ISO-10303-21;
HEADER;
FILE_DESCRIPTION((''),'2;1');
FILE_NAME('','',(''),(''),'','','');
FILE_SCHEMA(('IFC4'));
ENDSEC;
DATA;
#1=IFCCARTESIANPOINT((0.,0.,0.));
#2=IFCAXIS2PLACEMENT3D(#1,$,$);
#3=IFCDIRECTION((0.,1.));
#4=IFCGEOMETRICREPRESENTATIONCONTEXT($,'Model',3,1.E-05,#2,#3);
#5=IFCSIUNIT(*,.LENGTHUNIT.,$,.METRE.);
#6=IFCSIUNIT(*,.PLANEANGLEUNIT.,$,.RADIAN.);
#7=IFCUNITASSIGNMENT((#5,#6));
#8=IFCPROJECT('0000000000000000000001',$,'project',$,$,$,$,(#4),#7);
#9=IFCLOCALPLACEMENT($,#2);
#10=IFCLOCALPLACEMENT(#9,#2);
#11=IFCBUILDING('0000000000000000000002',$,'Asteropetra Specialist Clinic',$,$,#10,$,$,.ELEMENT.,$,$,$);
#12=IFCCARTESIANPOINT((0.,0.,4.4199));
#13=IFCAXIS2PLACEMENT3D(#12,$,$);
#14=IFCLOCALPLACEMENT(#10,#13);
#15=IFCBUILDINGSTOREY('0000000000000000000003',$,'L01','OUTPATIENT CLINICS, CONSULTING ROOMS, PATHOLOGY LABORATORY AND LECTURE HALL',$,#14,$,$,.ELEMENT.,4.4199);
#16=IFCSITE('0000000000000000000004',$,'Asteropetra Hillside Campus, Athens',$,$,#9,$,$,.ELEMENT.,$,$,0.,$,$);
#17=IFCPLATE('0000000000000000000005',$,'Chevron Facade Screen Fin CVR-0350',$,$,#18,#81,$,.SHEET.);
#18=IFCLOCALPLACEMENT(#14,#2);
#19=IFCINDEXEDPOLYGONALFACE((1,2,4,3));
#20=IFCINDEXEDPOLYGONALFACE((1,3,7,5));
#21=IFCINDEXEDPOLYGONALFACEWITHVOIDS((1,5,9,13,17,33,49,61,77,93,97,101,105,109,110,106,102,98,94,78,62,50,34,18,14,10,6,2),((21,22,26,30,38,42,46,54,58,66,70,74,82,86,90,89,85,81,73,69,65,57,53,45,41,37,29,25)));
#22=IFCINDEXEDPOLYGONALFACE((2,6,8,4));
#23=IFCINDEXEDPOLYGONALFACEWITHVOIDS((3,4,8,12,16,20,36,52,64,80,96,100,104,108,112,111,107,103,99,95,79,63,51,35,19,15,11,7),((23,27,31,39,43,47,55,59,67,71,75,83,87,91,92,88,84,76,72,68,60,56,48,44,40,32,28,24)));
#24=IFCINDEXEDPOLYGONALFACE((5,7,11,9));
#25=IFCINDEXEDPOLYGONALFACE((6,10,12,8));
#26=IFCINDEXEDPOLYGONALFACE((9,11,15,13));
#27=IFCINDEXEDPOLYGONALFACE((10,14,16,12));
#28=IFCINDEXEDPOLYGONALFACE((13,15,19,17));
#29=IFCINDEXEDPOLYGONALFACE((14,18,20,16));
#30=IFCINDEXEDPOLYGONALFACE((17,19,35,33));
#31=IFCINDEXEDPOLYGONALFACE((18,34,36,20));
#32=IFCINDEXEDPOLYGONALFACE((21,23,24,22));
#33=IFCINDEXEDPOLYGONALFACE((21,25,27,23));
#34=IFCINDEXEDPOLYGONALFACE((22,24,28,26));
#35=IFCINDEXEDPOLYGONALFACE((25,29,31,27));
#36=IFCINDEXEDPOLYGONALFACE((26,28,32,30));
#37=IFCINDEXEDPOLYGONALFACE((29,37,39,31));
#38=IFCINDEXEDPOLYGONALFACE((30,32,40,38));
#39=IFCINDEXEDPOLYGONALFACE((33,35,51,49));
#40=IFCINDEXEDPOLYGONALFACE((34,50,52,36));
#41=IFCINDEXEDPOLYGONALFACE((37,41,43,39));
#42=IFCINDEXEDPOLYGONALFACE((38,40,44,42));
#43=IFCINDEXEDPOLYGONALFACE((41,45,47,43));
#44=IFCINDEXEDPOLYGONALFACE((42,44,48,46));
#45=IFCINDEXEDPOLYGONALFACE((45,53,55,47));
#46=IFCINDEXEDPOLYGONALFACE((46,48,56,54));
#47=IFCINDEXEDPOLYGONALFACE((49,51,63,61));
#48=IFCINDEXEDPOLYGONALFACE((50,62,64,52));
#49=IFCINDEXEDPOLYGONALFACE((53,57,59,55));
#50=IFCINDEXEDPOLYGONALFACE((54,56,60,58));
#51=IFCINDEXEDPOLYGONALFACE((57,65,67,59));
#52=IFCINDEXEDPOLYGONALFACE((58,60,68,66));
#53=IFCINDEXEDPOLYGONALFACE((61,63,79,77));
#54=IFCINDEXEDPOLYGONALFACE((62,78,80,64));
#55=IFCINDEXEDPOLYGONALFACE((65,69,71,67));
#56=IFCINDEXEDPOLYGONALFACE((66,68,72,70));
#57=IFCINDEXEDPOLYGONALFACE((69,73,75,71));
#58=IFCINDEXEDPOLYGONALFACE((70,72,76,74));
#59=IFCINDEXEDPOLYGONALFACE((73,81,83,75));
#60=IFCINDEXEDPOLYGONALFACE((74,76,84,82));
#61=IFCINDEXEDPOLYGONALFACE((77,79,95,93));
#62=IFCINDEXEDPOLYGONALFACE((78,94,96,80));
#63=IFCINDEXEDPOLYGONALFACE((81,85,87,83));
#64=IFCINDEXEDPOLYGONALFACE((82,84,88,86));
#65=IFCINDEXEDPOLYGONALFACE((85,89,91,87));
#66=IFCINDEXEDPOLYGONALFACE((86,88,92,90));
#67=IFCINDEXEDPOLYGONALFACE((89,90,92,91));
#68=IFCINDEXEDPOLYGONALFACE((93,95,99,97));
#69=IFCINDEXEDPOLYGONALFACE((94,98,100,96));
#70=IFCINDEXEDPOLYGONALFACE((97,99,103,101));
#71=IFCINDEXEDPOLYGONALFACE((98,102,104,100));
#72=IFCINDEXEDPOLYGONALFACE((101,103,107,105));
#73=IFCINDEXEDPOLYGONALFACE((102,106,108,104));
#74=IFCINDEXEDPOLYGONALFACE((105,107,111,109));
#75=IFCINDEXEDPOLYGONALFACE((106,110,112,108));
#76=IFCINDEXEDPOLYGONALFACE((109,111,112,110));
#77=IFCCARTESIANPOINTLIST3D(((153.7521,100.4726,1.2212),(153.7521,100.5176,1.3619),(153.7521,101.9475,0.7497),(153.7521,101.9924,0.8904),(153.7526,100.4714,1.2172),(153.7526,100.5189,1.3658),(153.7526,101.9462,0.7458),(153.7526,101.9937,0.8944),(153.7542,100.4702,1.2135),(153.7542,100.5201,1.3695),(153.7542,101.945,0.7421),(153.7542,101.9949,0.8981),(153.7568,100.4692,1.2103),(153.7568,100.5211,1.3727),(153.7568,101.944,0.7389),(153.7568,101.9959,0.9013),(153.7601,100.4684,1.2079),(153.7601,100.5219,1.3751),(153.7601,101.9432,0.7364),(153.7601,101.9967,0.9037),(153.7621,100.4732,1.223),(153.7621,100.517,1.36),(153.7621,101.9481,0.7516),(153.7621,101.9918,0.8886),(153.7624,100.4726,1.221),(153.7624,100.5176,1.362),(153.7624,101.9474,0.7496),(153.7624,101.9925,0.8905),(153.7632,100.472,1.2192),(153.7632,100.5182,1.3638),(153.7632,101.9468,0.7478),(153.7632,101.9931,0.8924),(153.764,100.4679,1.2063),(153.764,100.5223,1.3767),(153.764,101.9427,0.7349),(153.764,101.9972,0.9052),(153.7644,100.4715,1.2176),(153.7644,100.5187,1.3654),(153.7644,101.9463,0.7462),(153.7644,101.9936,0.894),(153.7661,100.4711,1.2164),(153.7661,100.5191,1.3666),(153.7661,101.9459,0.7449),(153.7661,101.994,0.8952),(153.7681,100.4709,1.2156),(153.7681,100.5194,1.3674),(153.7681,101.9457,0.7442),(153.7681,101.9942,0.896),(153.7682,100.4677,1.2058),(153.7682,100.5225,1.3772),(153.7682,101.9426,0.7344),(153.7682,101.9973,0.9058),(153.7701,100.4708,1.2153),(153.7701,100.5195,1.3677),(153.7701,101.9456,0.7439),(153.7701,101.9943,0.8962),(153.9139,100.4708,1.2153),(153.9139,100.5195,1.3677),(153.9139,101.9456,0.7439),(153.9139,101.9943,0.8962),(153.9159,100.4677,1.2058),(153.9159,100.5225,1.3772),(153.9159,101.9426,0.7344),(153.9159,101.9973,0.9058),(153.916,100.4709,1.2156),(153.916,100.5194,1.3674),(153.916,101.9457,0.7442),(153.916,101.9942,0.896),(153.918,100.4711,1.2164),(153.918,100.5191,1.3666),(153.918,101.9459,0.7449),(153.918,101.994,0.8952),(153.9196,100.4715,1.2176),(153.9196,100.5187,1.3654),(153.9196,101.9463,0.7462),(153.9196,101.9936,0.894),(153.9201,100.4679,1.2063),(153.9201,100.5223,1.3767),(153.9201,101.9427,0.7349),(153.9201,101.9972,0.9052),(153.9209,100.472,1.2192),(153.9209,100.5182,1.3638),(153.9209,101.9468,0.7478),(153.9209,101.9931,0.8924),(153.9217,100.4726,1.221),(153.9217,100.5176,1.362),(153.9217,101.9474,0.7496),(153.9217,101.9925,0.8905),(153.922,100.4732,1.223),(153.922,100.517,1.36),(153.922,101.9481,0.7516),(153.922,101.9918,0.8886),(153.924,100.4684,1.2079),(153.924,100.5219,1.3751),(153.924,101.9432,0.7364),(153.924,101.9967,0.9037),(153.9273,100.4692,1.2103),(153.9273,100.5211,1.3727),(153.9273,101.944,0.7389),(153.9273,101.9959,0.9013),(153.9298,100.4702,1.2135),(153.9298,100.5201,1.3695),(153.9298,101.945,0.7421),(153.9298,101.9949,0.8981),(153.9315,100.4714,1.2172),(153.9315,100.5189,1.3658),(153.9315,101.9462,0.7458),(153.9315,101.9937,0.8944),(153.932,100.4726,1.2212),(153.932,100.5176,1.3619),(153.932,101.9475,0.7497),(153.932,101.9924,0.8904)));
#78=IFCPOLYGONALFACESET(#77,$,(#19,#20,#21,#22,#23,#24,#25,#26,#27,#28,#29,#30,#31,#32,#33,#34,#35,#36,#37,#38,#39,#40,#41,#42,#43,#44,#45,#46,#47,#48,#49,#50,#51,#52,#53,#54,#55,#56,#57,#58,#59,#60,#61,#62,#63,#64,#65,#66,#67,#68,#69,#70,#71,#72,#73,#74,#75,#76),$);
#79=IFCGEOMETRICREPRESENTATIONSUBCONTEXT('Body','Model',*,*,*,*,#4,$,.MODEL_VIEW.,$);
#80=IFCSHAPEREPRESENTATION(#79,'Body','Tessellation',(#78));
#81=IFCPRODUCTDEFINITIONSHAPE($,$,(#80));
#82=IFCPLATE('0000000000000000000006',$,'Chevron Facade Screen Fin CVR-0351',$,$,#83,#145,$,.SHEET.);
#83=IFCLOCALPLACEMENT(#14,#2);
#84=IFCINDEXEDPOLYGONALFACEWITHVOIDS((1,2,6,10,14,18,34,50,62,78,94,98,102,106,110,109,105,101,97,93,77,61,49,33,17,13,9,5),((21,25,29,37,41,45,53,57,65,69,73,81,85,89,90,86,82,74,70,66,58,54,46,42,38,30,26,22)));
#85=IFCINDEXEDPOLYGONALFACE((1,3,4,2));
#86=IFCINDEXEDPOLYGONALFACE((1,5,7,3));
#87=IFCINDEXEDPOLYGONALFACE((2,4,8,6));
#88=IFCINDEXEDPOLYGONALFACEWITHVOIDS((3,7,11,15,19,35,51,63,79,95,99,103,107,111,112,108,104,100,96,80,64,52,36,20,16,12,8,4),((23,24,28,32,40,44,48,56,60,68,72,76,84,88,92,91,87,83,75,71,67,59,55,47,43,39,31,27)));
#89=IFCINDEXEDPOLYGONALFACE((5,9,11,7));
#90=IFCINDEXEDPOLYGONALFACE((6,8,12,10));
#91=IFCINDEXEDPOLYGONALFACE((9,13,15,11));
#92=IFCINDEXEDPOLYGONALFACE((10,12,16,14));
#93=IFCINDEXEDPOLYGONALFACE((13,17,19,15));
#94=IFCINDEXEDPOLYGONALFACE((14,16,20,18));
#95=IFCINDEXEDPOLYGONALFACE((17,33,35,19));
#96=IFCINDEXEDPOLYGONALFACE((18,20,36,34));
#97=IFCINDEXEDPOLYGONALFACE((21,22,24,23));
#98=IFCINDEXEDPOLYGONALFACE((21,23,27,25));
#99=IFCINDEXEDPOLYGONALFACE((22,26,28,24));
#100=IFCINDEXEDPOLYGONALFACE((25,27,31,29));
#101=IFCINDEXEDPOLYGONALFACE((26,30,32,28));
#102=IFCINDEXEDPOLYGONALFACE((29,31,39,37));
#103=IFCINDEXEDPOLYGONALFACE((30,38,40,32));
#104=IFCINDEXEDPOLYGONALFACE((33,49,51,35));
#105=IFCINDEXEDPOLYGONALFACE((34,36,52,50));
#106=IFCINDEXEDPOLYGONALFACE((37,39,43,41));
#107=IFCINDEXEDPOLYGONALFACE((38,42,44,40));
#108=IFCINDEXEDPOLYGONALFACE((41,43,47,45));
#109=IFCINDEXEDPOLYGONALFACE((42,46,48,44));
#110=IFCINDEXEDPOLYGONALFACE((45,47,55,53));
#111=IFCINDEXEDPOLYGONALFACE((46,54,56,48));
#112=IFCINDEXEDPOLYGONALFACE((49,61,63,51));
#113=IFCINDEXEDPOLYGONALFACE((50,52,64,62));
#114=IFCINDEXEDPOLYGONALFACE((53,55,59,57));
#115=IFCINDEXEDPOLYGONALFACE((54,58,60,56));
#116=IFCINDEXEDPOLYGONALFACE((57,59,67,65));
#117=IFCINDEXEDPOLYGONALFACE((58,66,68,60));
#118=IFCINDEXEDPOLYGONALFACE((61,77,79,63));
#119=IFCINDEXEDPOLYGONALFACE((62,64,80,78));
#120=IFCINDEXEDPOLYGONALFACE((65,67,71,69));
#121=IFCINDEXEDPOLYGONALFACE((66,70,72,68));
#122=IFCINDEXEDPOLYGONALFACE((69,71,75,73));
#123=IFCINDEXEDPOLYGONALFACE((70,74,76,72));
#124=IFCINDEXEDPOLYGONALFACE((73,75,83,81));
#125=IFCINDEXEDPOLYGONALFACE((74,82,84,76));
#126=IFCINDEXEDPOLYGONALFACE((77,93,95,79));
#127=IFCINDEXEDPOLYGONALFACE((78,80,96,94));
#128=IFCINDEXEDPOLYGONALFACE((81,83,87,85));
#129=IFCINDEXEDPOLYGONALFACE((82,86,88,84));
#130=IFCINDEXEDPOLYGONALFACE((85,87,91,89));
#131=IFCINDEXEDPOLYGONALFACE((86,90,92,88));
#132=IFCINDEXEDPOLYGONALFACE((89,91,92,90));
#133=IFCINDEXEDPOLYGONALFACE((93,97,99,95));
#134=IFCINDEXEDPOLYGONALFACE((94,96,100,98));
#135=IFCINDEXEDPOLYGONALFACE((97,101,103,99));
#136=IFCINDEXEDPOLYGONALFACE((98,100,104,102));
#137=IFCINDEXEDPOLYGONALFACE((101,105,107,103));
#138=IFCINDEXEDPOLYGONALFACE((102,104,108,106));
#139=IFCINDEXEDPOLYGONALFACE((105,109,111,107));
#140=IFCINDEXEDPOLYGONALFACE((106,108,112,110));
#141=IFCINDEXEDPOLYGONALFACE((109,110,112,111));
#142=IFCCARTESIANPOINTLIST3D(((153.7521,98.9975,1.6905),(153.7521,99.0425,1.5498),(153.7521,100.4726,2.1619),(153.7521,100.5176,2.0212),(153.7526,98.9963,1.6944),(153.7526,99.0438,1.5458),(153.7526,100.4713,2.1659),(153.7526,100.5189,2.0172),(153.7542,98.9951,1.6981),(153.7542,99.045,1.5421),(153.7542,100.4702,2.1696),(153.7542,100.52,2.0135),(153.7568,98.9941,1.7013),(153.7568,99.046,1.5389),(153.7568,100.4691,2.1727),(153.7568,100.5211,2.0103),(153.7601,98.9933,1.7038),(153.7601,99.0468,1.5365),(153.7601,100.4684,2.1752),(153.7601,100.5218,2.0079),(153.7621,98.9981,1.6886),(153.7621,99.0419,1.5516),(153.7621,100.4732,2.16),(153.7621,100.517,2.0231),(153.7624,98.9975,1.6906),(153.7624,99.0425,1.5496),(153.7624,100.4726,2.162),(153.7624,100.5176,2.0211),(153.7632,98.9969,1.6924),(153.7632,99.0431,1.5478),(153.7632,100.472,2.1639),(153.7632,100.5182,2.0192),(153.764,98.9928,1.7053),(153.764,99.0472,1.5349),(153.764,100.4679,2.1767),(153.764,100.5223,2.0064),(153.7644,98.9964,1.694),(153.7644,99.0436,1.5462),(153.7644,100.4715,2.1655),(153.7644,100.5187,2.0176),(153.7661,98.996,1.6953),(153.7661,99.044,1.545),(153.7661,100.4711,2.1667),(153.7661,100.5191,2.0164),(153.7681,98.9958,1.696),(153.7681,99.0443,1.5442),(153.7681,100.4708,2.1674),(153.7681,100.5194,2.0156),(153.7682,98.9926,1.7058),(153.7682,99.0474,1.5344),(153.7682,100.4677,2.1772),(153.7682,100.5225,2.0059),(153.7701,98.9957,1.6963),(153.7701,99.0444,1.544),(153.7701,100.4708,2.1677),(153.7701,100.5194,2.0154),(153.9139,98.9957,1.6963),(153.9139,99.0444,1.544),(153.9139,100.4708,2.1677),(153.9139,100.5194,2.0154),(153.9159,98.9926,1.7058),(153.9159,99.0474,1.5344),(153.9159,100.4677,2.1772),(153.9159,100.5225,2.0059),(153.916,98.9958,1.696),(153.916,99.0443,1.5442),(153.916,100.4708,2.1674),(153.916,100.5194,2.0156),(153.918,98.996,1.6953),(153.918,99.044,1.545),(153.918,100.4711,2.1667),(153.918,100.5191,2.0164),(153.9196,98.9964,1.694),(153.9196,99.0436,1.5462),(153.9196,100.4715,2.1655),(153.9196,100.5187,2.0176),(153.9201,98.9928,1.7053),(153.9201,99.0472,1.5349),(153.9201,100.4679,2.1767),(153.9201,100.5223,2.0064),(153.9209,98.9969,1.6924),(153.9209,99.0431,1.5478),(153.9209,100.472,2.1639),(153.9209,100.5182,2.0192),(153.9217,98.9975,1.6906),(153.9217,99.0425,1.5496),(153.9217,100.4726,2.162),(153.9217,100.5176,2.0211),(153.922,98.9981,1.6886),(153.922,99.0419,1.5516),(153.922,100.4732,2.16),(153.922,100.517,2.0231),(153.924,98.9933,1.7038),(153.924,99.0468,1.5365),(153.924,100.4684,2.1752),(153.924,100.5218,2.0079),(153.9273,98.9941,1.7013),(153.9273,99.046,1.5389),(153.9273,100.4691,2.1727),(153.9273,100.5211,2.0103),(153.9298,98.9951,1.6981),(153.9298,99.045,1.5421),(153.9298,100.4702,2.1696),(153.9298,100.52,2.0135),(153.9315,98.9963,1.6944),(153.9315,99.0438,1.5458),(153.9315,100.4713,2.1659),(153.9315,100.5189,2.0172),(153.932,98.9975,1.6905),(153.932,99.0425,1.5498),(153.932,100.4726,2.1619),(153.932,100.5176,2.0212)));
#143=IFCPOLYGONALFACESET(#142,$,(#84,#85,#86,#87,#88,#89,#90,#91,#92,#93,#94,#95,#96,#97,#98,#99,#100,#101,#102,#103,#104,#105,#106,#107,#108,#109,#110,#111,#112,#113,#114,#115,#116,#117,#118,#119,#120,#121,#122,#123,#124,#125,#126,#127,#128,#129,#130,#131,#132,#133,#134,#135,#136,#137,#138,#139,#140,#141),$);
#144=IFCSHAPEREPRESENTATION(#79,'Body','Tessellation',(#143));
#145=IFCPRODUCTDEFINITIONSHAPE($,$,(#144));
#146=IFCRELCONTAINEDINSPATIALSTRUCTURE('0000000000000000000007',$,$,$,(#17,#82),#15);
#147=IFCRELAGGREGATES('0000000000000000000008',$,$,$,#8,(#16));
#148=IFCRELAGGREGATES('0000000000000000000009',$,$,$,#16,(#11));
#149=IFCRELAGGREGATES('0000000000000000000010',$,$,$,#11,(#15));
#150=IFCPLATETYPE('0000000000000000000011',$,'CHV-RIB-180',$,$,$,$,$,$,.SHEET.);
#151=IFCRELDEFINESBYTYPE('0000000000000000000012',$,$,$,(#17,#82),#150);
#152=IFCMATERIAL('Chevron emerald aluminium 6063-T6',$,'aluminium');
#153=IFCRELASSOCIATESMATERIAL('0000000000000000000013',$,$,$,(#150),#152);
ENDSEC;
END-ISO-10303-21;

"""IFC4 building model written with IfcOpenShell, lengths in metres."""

from ifc_helpers import new_model, si_unit, direction, frame, origin, origin_2d, place, context, subcontext, project, spatial, hollow_rectangle, extrude, material, material_profile, profile_set, type_object, element, save


model = new_model("IFC4")

# Units and contexts
model_context = context("Model", 3, precision=1e-05, world=origin(), true_north=direction((0.0, 1.0)))
body_context = subcontext(model_context, "Body", "Model", "MODEL_VIEW")
ifc_project = project(units=[si_unit("LENGTHUNIT", "METRE"), si_unit("PLANEANGLEUNIT", "RADIAN")], contexts=[model_context])

# Site, building, storey
site_placement = place(None, origin())
site = spatial("IfcSite", under=ifc_project, at=site_placement, Name="Asteropetra Hillside Campus, Athens", CompositionType="ELEMENT", RefElevation=0.0)
building_placement = place(site_placement, origin())
building = spatial("IfcBuilding", under=site, at=building_placement, Name="Asteropetra Specialist Clinic", CompositionType="ELEMENT")
storey_placement = place(building_placement, frame((0.0, 0.0, 4.4199)))
storey = spatial("IfcBuildingStorey", under=building, at=storey_placement, Name="L01", Description="OUTPATIENT CLINICS, CONSULTING ROOMS, PATHOLOGY LABORATORY AND LECTURE HALL", CompositionType="ELEMENT", Elevation=4.4199)

# Plates
ifc_material_1 = material(Name="Chevron emerald aluminium 6063-T6", Category="aluminium")
ifc_material_profile = material_profile(ifc_material_1, hollow_rectangle(XDim=0.1799, YDim=0.1799, WallThickness=0.01, InnerFilletRadius=0.0081, OuterFilletRadius=0.0161, at=origin_2d()), Name="SHS 180x180x10.0")
ifc_profile_set = profile_set([ifc_material_profile], Name="Chevron emerald aluminium 6063-T6")
plate_type = type_object("IfcPlateType", Name="CHV-RIB-180", PredefinedType="SHEET", material=ifc_profile_set)
plate_1_placement = place(storey_placement, frame((153.842, 100.4951, 1.2915), z_axis=(0.0, 0.952521, -0.304472), x_axis=(-1.0, 0.0, 0.0)))
element("IfcPlate", 1, at=plate_1_placement, inside=storey, type_object=plate_type, Name="Chevron Facade Screen Fin CVR-0350", PredefinedType="SHEET", context=body_context, shape_type="SweptSolid", body=[
    extrude(hollow_rectangle(XDim=0.1799, YDim=0.1799, WallThickness=0.01, InnerFilletRadius=0.0081, OuterFilletRadius=0.0161, at=origin_2d()), origin(), (0.0, 0.0, 1.0), 1.5483),
])
plate_2_placement = place(storey_placement, frame((153.842, 99.02, 1.6201), z_axis=(0.0, 0.952536, 0.304427), x_axis=(-1.0, 0.0, 0.0)))
element("IfcPlate", 2, at=plate_2_placement, inside=storey, type_object=plate_type, Name="Chevron Facade Screen Fin CVR-0351", PredefinedType="SHEET", context=body_context, shape_type="SweptSolid", body=[
    extrude(hollow_rectangle(XDim=0.1799, YDim=0.1799, WallThickness=0.01, InnerFilletRadius=0.0081, OuterFilletRadius=0.0161, at=origin_2d()), origin(), (0.0, 0.0, 1.0), 1.5486),
])

save(model, "model.ifc")
